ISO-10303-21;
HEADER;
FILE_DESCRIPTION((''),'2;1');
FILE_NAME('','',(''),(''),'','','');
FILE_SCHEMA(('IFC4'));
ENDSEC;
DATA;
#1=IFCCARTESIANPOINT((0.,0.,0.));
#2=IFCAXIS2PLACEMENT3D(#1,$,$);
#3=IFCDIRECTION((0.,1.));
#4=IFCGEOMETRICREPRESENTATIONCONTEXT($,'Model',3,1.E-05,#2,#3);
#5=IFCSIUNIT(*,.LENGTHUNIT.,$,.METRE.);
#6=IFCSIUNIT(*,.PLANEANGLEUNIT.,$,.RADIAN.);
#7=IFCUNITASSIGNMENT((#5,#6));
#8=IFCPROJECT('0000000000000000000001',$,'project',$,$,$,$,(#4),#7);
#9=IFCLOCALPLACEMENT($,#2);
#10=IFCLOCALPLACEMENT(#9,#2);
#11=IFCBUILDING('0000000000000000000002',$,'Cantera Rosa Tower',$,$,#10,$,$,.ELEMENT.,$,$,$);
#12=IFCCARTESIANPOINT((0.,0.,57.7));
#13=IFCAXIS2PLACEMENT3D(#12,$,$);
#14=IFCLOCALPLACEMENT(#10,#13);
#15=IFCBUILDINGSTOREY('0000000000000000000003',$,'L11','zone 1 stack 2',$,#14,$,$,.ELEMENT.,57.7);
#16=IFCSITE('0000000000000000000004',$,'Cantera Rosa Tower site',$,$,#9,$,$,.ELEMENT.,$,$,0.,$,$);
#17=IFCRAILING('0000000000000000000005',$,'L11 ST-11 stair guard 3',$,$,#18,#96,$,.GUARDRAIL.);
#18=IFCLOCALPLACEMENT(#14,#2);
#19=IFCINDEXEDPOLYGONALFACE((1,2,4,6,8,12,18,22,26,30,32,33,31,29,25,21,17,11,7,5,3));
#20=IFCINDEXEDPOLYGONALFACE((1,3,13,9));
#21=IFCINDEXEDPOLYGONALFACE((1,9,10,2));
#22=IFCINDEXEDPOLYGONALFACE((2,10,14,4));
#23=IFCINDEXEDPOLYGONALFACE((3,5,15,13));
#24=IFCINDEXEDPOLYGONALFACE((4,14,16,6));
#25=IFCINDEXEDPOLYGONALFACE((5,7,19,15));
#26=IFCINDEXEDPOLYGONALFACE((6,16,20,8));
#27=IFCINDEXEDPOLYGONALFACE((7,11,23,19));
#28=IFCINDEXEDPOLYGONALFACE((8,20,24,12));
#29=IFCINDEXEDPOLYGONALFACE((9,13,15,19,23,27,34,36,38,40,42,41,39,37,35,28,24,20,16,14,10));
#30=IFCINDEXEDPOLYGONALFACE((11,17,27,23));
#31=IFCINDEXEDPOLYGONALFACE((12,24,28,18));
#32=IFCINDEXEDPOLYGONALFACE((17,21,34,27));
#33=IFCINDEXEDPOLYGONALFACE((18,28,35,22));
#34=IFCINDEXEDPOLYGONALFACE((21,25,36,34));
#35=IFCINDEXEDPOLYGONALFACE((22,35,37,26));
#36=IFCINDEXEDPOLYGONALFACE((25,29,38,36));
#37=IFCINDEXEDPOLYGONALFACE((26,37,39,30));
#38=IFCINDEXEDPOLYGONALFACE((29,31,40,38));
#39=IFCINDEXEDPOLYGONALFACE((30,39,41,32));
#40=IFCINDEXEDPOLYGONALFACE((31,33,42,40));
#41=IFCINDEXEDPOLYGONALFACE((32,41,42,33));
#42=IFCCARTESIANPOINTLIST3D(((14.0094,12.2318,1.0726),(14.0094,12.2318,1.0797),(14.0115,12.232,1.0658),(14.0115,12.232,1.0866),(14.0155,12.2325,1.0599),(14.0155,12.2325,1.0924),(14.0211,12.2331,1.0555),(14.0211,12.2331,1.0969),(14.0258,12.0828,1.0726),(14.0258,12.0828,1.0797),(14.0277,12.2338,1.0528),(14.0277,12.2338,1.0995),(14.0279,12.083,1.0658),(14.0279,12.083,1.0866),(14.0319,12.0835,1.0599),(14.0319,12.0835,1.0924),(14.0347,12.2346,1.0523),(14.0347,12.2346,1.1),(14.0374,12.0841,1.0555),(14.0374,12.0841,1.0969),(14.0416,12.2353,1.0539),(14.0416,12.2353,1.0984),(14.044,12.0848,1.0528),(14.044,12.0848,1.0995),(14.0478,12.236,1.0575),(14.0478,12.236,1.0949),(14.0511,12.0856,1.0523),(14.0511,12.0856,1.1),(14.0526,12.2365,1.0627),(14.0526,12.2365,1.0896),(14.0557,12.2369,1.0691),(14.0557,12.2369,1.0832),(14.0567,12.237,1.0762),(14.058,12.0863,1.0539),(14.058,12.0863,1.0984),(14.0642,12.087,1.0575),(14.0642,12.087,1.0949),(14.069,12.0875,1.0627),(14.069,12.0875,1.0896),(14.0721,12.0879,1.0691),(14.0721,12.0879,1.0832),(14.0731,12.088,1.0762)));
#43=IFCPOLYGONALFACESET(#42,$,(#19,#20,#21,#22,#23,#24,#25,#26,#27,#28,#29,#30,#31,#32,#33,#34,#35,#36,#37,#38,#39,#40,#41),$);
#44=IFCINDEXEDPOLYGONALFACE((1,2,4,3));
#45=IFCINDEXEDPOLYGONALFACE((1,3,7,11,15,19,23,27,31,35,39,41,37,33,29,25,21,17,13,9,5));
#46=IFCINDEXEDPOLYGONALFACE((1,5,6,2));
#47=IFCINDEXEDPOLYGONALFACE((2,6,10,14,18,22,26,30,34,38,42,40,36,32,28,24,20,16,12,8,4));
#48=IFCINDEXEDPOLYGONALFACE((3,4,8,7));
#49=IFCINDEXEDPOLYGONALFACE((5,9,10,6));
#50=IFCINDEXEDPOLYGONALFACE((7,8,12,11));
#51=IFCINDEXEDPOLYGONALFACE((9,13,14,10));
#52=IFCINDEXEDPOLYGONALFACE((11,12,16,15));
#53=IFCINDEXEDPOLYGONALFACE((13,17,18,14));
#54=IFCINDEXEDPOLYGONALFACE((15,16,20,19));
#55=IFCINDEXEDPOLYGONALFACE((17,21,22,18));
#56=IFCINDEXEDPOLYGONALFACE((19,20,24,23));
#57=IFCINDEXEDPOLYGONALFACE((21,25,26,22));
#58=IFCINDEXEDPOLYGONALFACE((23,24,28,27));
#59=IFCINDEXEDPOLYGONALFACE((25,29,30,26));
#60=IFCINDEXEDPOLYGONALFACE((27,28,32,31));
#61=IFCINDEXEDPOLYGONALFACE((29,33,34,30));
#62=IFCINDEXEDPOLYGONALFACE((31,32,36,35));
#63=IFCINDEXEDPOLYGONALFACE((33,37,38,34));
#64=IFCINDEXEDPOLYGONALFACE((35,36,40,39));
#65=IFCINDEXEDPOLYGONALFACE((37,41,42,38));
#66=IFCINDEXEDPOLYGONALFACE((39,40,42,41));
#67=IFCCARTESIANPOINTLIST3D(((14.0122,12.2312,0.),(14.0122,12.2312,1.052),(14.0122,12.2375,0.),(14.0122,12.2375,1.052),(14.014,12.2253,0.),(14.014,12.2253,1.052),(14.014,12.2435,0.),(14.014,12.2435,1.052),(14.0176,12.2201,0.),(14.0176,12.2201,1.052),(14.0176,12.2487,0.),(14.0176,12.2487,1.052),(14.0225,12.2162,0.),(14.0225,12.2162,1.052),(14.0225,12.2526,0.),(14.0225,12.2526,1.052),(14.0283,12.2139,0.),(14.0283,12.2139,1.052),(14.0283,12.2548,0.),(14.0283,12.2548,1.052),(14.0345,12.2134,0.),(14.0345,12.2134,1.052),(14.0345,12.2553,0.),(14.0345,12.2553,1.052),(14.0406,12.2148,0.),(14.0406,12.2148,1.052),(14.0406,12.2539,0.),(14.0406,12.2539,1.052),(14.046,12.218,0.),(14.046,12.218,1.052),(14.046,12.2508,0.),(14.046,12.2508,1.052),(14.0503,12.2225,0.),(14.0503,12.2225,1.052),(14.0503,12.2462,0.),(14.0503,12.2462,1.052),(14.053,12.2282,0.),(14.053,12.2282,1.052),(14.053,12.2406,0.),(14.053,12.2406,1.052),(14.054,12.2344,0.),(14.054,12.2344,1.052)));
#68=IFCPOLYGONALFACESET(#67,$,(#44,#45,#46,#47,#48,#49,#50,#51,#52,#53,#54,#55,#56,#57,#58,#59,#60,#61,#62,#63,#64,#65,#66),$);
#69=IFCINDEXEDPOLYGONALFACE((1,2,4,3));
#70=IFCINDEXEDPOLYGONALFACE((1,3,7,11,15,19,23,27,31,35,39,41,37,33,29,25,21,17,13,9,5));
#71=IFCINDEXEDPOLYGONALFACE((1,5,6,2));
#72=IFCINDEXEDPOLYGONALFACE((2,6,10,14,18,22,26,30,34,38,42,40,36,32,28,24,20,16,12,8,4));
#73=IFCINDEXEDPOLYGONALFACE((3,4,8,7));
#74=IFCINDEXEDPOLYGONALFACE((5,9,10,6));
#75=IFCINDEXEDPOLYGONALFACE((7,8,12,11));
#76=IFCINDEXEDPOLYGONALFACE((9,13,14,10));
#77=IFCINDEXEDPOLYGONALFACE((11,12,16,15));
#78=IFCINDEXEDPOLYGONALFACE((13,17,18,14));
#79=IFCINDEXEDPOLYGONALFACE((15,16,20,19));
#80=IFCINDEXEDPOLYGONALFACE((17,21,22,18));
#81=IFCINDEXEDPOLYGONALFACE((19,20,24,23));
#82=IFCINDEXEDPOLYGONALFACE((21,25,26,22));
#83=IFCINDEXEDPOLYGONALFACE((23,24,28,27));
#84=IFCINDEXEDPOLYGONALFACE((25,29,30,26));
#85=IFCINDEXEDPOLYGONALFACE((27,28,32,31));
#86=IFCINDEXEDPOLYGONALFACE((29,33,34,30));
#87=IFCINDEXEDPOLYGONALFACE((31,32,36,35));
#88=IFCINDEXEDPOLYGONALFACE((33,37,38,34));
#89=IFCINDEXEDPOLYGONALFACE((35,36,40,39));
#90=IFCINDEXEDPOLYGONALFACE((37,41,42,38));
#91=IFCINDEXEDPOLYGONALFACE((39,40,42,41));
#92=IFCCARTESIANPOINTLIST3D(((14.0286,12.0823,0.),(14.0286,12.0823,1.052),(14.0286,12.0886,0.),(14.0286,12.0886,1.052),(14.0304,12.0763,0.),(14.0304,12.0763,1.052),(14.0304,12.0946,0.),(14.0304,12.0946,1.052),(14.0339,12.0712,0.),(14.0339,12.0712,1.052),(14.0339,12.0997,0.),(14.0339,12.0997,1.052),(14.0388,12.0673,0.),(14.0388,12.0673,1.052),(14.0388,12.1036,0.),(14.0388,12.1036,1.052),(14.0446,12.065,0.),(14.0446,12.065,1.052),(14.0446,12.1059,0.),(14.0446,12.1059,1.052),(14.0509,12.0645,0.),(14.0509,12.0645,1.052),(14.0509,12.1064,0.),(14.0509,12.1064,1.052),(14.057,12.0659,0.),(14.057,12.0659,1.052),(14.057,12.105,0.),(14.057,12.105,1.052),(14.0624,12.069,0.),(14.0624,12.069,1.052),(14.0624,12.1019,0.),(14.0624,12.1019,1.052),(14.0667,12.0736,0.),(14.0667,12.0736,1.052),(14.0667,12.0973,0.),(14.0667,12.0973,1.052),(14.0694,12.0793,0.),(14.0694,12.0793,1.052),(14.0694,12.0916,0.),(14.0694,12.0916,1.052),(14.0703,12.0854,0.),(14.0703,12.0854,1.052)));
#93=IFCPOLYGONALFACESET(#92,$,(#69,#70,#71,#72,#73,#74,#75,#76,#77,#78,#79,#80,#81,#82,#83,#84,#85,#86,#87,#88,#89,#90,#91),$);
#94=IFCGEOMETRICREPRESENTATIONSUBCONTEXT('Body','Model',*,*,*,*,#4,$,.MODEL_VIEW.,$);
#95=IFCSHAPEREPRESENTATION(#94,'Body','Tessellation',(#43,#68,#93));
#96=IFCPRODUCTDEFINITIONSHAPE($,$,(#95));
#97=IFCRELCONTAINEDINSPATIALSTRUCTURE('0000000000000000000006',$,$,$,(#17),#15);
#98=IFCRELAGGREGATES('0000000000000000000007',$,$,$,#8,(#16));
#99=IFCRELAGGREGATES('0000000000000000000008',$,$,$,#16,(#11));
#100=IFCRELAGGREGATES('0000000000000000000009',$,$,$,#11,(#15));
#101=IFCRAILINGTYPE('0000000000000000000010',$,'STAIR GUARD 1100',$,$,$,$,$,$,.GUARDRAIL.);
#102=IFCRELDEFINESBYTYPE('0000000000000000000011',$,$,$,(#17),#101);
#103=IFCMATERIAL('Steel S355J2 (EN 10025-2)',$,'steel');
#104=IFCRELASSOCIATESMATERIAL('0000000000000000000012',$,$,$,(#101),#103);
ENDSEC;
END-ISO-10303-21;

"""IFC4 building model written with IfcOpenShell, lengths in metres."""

from ifc_helpers import new_model, si_unit, direction, frame, origin, origin_2d, place, context, subcontext, project, spatial, circle, extrude, material, type_object, element, save


model = new_model("IFC4")

# Units and contexts
model_context = context("Model", 3, precision=1e-05, world=origin(), true_north=direction((0.0, 1.0)))
body_context = subcontext(model_context, "Body", "Model", "MODEL_VIEW")
ifc_project = project(units=[si_unit("LENGTHUNIT", "METRE"), si_unit("PLANEANGLEUNIT", "RADIAN")], contexts=[model_context])

# Site, building, storey
site_placement = place(None, origin())
site = spatial("IfcSite", under=ifc_project, at=site_placement, Name="Cantera Rosa Tower site", CompositionType="ELEMENT", RefElevation=0.0)
building_placement = place(site_placement, origin())
building = spatial("IfcBuilding", under=site, at=building_placement, Name="Cantera Rosa Tower", CompositionType="ELEMENT")
storey_placement = place(building_placement, frame((0.0, 0.0, 57.7)))
storey = spatial("IfcBuildingStorey", under=building, at=storey_placement, Name="L11", Description="zone 1 stack 2", CompositionType="ELEMENT", Elevation=57.7)

# Railing
ifc_material_1 = material(Name="Steel S355J2 (EN 10025-2)", Category="steel")
railing_type_1 = type_object("IfcRailingType", Name="STAIR GUARD 1100", PredefinedType="GUARDRAIL", material=ifc_material_1)
railing_1_placement = place(storey_placement, frame((14.033, 12.2344, 0.0)))
element("IfcRailing", 1, at=railing_1_placement, inside=storey, type_object=railing_type_1, Name="L11 ST-11 stair guard 3", PredefinedType="GUARDRAIL", context=body_context, shape_type="SweptSolid", body=[
    extrude(circle(Radius=0.0239, at=origin_2d()), frame((0.0, 0.0, 1.0762), z_axis=(0.109179, -0.994022, 0.0), x_axis=(0.994022, 0.109179, 0.0)), (0.0, 0.0, 1.0), 0.1499),
    extrude(circle(Radius=0.021, at=origin_2d()), origin(), (0.0, 0.0, 1.0), 1.052),
    extrude(circle(Radius=0.021, at=origin_2d()), frame((0.0164, -0.1489, 0.0)), (0.0, 0.0, 1.0), 1.052),
])

save(model, "model.ifc")
